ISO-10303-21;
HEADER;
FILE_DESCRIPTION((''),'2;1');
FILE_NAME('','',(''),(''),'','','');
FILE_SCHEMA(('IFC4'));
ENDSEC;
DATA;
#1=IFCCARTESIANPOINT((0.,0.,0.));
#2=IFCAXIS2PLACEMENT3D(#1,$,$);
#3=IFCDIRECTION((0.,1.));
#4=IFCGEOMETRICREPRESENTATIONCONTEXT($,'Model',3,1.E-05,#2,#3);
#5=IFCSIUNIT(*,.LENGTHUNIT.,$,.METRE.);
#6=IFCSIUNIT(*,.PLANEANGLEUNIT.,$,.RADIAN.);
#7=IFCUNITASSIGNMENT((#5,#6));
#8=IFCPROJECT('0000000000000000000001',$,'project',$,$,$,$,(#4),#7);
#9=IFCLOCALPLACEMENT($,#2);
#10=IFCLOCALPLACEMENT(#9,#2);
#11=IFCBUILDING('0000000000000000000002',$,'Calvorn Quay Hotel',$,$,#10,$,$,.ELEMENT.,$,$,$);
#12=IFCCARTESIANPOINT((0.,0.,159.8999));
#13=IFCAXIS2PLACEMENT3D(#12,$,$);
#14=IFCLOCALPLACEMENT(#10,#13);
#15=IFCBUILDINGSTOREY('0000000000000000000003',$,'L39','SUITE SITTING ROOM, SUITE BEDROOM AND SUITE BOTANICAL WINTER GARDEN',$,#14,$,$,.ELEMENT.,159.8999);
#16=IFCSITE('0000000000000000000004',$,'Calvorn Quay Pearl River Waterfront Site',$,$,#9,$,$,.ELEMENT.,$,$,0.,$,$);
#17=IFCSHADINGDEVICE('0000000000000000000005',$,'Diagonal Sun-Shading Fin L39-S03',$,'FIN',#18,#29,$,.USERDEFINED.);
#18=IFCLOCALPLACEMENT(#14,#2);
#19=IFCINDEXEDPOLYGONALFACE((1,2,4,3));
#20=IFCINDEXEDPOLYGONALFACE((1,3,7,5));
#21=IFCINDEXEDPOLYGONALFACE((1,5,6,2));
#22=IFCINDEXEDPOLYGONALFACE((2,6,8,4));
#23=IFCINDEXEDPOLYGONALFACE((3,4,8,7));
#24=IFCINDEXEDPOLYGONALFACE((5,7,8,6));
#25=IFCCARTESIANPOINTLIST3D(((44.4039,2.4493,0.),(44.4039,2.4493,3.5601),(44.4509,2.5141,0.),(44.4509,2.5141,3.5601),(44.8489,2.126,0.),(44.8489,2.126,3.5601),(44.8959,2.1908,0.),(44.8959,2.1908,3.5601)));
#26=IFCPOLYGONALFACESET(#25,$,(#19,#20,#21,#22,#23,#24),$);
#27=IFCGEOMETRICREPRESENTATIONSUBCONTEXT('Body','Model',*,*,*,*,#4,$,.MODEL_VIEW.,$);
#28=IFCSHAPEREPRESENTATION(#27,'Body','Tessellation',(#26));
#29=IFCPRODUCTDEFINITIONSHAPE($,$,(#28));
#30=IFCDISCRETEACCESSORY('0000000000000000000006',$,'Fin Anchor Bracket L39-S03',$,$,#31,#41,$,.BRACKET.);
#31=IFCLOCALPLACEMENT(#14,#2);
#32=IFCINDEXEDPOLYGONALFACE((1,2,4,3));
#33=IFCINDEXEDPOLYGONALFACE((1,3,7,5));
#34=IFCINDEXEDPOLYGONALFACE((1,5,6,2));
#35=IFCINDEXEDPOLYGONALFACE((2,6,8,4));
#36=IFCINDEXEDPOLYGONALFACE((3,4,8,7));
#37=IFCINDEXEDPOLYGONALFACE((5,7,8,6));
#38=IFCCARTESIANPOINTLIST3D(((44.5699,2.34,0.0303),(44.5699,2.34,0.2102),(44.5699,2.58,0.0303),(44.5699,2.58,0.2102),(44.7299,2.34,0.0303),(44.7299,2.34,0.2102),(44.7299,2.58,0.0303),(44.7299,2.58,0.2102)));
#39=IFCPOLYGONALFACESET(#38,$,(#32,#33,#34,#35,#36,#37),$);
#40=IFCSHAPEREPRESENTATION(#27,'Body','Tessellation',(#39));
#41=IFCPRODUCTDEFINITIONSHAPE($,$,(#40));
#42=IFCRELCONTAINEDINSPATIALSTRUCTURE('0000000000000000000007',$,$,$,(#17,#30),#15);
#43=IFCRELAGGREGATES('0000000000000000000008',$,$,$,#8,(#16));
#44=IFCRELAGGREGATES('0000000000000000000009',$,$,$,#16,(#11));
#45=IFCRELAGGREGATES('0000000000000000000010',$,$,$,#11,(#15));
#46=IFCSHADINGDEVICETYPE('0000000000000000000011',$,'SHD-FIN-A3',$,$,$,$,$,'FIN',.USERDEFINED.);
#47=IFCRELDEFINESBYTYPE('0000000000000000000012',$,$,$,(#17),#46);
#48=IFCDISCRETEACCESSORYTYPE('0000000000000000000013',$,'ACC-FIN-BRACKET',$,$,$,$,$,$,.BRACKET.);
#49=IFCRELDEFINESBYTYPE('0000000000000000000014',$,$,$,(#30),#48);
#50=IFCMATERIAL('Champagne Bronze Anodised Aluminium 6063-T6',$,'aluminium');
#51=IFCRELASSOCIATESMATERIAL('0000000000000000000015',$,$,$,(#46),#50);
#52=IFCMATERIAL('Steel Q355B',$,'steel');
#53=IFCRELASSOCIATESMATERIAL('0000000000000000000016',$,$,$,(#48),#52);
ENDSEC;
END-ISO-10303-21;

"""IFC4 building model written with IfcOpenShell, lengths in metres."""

from ifc_helpers import new_model, si_unit, direction, frame, origin, origin_2d, place, context, subcontext, project, spatial, rectangle, extrude, material, type_object, element, save


model = new_model("IFC4")

# Units and contexts
model_context = context("Model", 3, precision=1e-05, world=origin(), true_north=direction((0.0, 1.0)))
body_context = subcontext(model_context, "Body", "Model", "MODEL_VIEW")
ifc_project = project(units=[si_unit("LENGTHUNIT", "METRE"), si_unit("PLANEANGLEUNIT", "RADIAN")], contexts=[model_context])

# Site, building, storey
site_placement = place(None, origin())
site = spatial("IfcSite", under=ifc_project, at=site_placement, Name="Calvorn Quay Pearl River Waterfront Site", CompositionType="ELEMENT", RefElevation=0.0)
building_placement = place(site_placement, origin())
building = spatial("IfcBuilding", under=site, at=building_placement, Name="Calvorn Quay Hotel", CompositionType="ELEMENT")
storey_placement = place(building_placement, frame((0.0, 0.0, 159.8999)))
storey = spatial("IfcBuildingStorey", under=building, at=storey_placement, Name="L39", Description="SUITE SITTING ROOM, SUITE BEDROOM AND SUITE BOTANICAL WINTER GARDEN", CompositionType="ELEMENT", Elevation=159.8999)

# Shading device
ifc_material_1 = material(Name="Champagne Bronze Anodised Aluminium 6063-T6", Category="aluminium")
shading_device_type = type_object("IfcShadingDeviceType", Name="SHD-FIN-A3", ElementType="FIN", PredefinedType="USERDEFINED", material=ifc_material_1)
shading_device_placement = place(storey_placement, frame((44.6499, 2.3201, 0.0), z_axis=(0.0, 0.0, 1.0), x_axis=(-0.809017, 0.587785, 0.0)))
element("IfcShadingDevice", 1, at=shading_device_placement, inside=storey, type_object=shading_device_type, Name="Diagonal Sun-Shading Fin L39-S03", ObjectType="FIN", PredefinedType="USERDEFINED", context=body_context, shape_type="SweptSolid", body=[
    extrude(rectangle(XDim=0.55, YDim=0.0801, at=origin_2d()), origin(), (0.0, 0.0, 1.0), 3.5601),
])

# Discrete accessory
ifc_material_2 = material(Name="Steel Q355B", Category="steel")
discrete_accessory_type = type_object("IfcDiscreteAccessoryType", Name="ACC-FIN-BRACKET", PredefinedType="BRACKET", material=ifc_material_2)
discrete_accessory_placement = place(storey_placement, frame((44.6499, 2.46, 0.0303), z_axis=(0.0, 0.0, 1.0), x_axis=(0.0, 1.0, 0.0)))
element("IfcDiscreteAccessory", 2, at=discrete_accessory_placement, inside=storey, type_object=discrete_accessory_type, Name="Fin Anchor Bracket L39-S03", PredefinedType="BRACKET", context=body_context, shape_type="SweptSolid", body=[
    extrude(rectangle(XDim=0.24, YDim=0.1599, at=origin_2d()), origin(), (0.0, 0.0, 1.0), 0.1799),
])

save(model, "model.ifc")
